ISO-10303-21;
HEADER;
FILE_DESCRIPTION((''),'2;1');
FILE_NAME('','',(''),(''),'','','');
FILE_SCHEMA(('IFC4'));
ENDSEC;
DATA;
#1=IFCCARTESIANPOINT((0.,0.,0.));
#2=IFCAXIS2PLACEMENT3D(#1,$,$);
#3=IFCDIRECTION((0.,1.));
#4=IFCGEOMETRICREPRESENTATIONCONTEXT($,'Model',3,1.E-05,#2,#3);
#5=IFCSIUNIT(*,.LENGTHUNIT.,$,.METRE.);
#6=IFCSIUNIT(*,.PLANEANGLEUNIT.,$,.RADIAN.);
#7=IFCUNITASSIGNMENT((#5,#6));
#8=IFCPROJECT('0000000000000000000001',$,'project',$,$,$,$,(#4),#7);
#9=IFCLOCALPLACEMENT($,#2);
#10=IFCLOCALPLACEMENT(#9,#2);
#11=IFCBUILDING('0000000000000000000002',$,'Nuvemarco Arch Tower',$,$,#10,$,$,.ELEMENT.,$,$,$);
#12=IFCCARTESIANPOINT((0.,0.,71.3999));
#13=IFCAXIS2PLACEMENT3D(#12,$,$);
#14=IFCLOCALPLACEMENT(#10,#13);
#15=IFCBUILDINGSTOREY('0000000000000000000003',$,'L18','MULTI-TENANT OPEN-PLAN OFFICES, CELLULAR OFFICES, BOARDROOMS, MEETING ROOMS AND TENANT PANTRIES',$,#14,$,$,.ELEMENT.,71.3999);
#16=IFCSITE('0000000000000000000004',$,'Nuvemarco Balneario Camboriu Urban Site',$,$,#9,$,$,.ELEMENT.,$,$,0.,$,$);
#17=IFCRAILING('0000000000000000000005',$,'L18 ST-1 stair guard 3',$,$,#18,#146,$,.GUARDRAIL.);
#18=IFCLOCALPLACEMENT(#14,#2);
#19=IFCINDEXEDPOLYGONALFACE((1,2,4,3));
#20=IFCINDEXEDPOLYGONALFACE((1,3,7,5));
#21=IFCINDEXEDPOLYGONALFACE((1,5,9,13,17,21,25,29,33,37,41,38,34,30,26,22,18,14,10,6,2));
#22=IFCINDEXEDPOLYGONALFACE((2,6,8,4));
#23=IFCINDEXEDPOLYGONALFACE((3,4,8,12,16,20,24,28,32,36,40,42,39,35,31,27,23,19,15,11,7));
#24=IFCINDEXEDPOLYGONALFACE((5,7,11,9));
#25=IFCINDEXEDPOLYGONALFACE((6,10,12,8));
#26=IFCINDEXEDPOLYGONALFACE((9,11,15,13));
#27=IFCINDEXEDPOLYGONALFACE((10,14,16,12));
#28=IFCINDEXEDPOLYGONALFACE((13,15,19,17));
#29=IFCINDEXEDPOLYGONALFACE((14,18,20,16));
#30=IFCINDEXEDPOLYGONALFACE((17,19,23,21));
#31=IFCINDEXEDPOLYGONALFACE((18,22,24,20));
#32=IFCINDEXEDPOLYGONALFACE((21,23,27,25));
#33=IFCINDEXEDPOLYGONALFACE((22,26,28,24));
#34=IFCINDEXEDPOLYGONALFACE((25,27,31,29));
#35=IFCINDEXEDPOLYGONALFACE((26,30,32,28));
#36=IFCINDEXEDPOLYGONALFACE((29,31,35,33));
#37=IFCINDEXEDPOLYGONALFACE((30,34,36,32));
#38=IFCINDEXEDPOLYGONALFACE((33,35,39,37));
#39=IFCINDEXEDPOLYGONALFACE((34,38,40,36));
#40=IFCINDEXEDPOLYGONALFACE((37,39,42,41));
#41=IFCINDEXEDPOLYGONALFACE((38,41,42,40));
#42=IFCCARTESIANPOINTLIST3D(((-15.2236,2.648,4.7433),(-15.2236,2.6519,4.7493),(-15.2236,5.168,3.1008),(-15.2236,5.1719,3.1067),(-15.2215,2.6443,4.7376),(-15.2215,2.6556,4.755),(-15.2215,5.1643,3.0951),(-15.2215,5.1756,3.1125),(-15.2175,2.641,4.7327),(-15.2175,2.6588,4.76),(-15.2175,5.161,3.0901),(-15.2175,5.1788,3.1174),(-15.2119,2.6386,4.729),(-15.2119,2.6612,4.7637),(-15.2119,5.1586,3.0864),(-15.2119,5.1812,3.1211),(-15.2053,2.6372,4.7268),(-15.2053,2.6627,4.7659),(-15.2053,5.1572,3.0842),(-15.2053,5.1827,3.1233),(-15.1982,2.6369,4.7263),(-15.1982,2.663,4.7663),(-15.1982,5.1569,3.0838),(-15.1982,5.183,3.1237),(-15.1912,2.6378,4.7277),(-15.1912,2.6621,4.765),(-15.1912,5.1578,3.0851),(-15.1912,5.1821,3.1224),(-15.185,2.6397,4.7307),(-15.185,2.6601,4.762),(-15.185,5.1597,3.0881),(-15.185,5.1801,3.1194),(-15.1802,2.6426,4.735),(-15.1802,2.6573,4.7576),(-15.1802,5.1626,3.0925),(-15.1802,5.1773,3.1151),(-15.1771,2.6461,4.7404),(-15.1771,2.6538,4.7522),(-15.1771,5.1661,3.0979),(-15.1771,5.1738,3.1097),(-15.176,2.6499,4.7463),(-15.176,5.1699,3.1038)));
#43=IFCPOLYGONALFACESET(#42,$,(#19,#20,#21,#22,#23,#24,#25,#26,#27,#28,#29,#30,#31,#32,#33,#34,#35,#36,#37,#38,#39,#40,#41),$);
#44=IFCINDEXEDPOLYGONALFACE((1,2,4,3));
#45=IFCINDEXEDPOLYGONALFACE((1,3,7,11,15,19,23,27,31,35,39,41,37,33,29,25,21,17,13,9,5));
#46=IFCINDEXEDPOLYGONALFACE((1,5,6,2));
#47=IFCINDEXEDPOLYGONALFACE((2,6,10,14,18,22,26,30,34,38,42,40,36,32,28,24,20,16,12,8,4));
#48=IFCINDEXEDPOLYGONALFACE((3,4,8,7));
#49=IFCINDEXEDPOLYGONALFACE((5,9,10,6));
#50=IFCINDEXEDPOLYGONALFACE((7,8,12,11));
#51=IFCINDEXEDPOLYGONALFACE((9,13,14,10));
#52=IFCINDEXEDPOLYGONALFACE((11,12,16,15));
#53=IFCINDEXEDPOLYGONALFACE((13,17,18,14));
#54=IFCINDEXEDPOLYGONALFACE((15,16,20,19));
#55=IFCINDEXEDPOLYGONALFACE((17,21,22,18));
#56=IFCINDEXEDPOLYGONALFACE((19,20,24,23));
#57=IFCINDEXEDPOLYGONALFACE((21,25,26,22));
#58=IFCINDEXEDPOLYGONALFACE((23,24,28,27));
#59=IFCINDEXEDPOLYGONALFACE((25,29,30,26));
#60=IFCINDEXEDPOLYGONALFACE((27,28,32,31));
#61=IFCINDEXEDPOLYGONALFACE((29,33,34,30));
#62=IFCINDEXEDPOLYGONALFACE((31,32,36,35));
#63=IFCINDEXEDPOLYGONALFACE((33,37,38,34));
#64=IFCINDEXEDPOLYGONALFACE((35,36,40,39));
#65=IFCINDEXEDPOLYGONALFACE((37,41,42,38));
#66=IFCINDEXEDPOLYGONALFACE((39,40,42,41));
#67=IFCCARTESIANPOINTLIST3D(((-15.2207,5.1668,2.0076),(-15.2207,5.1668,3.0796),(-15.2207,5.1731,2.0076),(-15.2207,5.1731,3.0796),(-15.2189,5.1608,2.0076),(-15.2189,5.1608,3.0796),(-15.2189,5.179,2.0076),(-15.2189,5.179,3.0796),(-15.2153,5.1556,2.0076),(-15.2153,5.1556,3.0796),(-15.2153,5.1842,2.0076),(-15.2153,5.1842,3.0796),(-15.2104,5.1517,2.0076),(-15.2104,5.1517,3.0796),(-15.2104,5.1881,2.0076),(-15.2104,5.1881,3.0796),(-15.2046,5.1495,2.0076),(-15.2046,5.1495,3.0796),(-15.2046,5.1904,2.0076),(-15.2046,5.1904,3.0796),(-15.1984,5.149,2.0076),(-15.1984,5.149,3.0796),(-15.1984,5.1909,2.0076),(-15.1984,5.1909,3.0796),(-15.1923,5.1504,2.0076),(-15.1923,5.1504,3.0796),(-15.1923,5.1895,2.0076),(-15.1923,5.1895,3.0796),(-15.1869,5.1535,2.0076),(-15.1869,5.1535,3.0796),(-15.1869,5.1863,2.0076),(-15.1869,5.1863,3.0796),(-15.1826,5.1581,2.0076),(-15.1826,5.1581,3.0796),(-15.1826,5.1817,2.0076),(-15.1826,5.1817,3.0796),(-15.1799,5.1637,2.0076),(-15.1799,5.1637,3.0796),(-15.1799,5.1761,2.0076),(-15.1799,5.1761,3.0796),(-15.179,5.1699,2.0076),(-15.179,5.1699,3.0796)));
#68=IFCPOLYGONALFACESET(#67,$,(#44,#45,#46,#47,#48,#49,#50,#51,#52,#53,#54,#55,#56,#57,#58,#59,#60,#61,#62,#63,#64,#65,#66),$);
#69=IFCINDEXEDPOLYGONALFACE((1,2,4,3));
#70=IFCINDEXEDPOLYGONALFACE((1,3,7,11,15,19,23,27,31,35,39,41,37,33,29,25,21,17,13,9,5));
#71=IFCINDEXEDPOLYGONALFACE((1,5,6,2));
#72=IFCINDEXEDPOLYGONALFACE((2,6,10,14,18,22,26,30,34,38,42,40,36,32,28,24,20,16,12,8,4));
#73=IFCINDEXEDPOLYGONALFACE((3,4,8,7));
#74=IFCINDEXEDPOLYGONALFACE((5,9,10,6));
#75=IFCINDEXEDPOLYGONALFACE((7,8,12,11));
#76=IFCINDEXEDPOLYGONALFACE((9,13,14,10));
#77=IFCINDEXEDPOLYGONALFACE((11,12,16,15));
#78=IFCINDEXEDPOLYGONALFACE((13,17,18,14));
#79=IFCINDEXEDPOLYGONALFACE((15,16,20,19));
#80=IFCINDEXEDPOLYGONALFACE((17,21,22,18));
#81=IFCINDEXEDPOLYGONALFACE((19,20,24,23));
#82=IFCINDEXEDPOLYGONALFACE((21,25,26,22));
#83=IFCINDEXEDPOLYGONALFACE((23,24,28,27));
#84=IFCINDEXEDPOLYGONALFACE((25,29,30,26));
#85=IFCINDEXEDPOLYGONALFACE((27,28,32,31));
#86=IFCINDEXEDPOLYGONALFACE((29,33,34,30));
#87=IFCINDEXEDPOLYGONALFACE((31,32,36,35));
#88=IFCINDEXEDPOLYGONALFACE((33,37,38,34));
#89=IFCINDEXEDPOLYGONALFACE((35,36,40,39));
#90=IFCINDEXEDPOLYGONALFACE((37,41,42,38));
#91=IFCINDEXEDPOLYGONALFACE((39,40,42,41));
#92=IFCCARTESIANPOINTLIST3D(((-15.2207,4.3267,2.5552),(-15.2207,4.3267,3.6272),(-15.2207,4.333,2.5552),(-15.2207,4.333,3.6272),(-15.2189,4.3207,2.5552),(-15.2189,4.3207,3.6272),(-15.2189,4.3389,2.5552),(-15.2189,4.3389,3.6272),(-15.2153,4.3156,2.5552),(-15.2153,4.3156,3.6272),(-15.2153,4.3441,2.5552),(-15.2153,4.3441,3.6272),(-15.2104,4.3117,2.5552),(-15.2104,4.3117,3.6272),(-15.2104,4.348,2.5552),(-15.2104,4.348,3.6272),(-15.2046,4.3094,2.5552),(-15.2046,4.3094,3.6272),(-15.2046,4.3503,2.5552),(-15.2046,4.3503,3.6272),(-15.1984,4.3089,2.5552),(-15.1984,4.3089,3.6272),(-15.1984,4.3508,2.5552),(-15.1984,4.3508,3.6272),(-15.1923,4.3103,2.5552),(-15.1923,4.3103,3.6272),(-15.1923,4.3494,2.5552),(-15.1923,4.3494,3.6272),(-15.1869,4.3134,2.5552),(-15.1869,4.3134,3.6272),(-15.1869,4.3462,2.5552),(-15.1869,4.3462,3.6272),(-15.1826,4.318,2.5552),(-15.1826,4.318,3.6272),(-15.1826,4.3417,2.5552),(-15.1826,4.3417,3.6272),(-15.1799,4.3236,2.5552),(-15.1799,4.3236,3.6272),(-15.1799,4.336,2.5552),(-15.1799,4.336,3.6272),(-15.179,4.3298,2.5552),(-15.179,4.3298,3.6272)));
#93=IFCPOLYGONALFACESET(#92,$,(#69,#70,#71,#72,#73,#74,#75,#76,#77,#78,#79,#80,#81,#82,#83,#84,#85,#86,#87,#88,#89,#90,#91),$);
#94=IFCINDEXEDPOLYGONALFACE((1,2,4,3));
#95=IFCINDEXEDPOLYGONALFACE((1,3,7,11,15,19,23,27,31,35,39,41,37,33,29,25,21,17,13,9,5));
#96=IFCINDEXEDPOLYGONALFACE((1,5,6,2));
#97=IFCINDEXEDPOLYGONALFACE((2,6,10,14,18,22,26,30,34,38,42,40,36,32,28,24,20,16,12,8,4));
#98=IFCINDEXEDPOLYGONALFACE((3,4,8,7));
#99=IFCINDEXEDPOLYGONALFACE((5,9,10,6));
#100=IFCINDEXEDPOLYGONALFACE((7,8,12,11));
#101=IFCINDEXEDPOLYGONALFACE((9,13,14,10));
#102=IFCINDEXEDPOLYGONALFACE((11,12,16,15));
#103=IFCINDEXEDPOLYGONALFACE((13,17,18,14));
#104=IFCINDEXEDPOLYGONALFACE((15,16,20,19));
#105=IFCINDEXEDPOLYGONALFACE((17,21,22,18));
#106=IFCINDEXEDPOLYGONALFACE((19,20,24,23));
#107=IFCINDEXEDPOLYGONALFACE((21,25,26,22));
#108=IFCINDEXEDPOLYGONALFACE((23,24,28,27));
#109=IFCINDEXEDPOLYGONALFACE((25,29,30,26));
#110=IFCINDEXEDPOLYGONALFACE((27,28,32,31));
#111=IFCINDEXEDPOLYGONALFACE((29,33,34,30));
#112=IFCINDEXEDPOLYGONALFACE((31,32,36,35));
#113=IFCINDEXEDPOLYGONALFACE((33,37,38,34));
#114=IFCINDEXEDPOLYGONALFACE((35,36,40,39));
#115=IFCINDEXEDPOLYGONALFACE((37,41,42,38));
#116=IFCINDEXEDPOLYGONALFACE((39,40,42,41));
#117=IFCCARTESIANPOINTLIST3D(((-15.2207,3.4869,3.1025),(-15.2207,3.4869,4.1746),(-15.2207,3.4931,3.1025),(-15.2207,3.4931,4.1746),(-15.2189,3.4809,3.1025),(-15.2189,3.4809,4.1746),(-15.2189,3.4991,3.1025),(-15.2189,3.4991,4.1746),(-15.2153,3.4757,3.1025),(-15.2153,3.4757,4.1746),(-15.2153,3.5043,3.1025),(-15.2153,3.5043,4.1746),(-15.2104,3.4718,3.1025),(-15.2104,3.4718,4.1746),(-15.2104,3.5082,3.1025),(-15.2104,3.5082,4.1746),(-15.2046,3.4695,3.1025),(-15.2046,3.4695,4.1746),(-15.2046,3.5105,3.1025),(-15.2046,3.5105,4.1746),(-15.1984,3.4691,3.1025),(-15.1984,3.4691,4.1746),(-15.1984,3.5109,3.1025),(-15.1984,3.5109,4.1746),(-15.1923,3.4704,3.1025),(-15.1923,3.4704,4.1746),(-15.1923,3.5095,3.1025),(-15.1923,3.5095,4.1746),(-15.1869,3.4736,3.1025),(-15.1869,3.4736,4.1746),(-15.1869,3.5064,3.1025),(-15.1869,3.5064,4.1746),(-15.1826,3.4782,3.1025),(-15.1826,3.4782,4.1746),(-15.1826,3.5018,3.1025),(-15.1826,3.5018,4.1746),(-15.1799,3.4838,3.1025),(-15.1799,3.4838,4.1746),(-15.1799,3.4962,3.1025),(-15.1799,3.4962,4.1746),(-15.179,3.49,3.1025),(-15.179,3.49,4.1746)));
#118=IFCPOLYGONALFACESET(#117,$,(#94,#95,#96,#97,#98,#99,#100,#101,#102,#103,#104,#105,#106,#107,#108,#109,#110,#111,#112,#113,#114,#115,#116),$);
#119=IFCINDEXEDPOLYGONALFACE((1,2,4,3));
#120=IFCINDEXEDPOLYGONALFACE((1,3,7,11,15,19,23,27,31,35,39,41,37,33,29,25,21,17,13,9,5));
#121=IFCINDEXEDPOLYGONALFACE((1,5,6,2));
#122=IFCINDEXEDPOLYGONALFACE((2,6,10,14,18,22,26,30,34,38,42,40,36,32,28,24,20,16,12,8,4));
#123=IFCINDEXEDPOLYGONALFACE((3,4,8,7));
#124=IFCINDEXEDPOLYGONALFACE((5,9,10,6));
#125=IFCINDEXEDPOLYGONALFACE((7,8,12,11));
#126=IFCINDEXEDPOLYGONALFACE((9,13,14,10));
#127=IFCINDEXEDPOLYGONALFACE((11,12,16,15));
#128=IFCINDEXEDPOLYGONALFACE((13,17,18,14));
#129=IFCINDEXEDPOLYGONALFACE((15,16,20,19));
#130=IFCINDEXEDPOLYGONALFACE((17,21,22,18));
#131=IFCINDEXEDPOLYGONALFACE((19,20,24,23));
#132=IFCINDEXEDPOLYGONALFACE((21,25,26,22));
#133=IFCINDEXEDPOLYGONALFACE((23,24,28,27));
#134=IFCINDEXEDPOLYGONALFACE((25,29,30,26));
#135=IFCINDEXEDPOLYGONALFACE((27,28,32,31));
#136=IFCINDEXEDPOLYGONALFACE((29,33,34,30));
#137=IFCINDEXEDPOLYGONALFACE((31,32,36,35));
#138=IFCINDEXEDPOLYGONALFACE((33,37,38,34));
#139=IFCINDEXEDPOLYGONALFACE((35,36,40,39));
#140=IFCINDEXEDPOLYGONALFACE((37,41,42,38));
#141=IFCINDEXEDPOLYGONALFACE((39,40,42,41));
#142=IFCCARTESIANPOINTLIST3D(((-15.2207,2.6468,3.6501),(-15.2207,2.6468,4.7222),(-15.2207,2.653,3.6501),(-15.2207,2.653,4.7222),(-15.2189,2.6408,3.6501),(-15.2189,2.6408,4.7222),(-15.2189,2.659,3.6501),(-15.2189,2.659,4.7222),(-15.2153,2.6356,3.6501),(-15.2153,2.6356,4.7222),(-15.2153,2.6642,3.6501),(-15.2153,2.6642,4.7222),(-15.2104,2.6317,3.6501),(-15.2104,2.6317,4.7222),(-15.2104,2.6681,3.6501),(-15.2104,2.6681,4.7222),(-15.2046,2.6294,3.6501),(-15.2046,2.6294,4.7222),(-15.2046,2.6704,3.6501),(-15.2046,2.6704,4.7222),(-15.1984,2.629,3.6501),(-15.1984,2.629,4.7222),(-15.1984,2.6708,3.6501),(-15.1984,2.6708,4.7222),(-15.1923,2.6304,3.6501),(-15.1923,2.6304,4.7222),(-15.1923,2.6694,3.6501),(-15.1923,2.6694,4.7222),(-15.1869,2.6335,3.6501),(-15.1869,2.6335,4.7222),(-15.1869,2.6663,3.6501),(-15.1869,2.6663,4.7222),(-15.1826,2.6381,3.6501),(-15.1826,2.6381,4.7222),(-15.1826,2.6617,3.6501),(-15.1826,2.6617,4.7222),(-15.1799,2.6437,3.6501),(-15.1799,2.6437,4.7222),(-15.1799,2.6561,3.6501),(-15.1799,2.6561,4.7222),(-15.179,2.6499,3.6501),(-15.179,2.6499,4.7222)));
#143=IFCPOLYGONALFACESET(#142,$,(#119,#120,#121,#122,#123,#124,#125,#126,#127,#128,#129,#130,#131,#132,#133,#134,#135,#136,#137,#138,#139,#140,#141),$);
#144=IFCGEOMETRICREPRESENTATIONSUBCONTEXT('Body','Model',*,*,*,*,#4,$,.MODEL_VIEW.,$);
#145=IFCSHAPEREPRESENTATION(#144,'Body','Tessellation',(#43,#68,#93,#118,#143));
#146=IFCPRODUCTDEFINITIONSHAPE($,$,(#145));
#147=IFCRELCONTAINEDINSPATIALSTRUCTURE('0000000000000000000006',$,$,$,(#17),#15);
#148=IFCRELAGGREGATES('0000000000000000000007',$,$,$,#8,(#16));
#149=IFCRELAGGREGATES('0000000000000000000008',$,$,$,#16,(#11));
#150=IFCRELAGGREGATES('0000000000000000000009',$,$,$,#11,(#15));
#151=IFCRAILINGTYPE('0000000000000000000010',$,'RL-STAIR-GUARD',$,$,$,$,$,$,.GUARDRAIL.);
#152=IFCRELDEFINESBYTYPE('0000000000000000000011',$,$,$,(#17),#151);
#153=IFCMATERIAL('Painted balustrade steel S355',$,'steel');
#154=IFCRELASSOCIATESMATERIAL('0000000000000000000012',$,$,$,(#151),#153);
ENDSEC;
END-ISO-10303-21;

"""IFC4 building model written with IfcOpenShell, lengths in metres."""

from ifc_helpers import new_model, si_unit, direction, frame, origin, origin_2d, place, context, subcontext, project, spatial, circle, extrude, material, type_object, element, save


model = new_model("IFC4")

# Units and contexts
model_context = context("Model", 3, precision=1e-05, world=origin(), true_north=direction((0.0, 1.0)))
body_context = subcontext(model_context, "Body", "Model", "MODEL_VIEW")
ifc_project = project(units=[si_unit("LENGTHUNIT", "METRE"), si_unit("PLANEANGLEUNIT", "RADIAN")], contexts=[model_context])

# Site, building, storey
site_placement = place(None, origin())
site = spatial("IfcSite", under=ifc_project, at=site_placement, Name="Nuvemarco Balneario Camboriu Urban Site", CompositionType="ELEMENT", RefElevation=0.0)
building_placement = place(site_placement, origin())
building = spatial("IfcBuilding", under=site, at=building_placement, Name="Nuvemarco Arch Tower", CompositionType="ELEMENT")
storey_placement = place(building_placement, frame((0.0, 0.0, 71.3999)))
storey = spatial("IfcBuildingStorey", under=building, at=storey_placement, Name="L18", Description="MULTI-TENANT OPEN-PLAN OFFICES, CELLULAR OFFICES, BOARDROOMS, MEETING ROOMS AND TENANT PANTRIES", CompositionType="ELEMENT", Elevation=71.3999)

# Railing
ifc_material_1 = material(Name="Painted balustrade steel S355", Category="steel")
railing_type_1 = type_object("IfcRailingType", Name="RL-STAIR-GUARD", PredefinedType="GUARDRAIL", material=ifc_material_1)
railing_1_placement = place(storey_placement, frame((-15.2, 5.1699, 2.0076)))
element("IfcRailing", 1, at=railing_1_placement, inside=storey, type_object=railing_type_1, Name="L18 ST-1 stair guard 3", PredefinedType="GUARDRAIL", context=body_context, shape_type="SweptSolid", body=[
    extrude(circle(Radius=0.0239, at=origin_2d()), frame((0.0, 0.0, 1.0962), z_axis=(0.0, -0.837749, 0.546055), x_axis=(1.0, 0.0, 0.0)), (0.0, 0.0, 1.0), 3.0081),
    extrude(circle(Radius=0.021, at=origin_2d()), origin(), (0.0, 0.0, 1.0), 1.072),
    extrude(circle(Radius=0.021, at=origin_2d()), frame((0.0, -0.8401, 0.5476)), (0.0, 0.0, 1.0), 1.072),
    extrude(circle(Radius=0.021, at=origin_2d()), frame((0.0, -1.6799, 1.095)), (0.0, 0.0, 1.0), 1.072),
    extrude(circle(Radius=0.021, at=origin_2d()), frame((0.0, -2.52, 1.6426)), (0.0, 0.0, 1.0), 1.072),
])

save(model, "model.ifc")
